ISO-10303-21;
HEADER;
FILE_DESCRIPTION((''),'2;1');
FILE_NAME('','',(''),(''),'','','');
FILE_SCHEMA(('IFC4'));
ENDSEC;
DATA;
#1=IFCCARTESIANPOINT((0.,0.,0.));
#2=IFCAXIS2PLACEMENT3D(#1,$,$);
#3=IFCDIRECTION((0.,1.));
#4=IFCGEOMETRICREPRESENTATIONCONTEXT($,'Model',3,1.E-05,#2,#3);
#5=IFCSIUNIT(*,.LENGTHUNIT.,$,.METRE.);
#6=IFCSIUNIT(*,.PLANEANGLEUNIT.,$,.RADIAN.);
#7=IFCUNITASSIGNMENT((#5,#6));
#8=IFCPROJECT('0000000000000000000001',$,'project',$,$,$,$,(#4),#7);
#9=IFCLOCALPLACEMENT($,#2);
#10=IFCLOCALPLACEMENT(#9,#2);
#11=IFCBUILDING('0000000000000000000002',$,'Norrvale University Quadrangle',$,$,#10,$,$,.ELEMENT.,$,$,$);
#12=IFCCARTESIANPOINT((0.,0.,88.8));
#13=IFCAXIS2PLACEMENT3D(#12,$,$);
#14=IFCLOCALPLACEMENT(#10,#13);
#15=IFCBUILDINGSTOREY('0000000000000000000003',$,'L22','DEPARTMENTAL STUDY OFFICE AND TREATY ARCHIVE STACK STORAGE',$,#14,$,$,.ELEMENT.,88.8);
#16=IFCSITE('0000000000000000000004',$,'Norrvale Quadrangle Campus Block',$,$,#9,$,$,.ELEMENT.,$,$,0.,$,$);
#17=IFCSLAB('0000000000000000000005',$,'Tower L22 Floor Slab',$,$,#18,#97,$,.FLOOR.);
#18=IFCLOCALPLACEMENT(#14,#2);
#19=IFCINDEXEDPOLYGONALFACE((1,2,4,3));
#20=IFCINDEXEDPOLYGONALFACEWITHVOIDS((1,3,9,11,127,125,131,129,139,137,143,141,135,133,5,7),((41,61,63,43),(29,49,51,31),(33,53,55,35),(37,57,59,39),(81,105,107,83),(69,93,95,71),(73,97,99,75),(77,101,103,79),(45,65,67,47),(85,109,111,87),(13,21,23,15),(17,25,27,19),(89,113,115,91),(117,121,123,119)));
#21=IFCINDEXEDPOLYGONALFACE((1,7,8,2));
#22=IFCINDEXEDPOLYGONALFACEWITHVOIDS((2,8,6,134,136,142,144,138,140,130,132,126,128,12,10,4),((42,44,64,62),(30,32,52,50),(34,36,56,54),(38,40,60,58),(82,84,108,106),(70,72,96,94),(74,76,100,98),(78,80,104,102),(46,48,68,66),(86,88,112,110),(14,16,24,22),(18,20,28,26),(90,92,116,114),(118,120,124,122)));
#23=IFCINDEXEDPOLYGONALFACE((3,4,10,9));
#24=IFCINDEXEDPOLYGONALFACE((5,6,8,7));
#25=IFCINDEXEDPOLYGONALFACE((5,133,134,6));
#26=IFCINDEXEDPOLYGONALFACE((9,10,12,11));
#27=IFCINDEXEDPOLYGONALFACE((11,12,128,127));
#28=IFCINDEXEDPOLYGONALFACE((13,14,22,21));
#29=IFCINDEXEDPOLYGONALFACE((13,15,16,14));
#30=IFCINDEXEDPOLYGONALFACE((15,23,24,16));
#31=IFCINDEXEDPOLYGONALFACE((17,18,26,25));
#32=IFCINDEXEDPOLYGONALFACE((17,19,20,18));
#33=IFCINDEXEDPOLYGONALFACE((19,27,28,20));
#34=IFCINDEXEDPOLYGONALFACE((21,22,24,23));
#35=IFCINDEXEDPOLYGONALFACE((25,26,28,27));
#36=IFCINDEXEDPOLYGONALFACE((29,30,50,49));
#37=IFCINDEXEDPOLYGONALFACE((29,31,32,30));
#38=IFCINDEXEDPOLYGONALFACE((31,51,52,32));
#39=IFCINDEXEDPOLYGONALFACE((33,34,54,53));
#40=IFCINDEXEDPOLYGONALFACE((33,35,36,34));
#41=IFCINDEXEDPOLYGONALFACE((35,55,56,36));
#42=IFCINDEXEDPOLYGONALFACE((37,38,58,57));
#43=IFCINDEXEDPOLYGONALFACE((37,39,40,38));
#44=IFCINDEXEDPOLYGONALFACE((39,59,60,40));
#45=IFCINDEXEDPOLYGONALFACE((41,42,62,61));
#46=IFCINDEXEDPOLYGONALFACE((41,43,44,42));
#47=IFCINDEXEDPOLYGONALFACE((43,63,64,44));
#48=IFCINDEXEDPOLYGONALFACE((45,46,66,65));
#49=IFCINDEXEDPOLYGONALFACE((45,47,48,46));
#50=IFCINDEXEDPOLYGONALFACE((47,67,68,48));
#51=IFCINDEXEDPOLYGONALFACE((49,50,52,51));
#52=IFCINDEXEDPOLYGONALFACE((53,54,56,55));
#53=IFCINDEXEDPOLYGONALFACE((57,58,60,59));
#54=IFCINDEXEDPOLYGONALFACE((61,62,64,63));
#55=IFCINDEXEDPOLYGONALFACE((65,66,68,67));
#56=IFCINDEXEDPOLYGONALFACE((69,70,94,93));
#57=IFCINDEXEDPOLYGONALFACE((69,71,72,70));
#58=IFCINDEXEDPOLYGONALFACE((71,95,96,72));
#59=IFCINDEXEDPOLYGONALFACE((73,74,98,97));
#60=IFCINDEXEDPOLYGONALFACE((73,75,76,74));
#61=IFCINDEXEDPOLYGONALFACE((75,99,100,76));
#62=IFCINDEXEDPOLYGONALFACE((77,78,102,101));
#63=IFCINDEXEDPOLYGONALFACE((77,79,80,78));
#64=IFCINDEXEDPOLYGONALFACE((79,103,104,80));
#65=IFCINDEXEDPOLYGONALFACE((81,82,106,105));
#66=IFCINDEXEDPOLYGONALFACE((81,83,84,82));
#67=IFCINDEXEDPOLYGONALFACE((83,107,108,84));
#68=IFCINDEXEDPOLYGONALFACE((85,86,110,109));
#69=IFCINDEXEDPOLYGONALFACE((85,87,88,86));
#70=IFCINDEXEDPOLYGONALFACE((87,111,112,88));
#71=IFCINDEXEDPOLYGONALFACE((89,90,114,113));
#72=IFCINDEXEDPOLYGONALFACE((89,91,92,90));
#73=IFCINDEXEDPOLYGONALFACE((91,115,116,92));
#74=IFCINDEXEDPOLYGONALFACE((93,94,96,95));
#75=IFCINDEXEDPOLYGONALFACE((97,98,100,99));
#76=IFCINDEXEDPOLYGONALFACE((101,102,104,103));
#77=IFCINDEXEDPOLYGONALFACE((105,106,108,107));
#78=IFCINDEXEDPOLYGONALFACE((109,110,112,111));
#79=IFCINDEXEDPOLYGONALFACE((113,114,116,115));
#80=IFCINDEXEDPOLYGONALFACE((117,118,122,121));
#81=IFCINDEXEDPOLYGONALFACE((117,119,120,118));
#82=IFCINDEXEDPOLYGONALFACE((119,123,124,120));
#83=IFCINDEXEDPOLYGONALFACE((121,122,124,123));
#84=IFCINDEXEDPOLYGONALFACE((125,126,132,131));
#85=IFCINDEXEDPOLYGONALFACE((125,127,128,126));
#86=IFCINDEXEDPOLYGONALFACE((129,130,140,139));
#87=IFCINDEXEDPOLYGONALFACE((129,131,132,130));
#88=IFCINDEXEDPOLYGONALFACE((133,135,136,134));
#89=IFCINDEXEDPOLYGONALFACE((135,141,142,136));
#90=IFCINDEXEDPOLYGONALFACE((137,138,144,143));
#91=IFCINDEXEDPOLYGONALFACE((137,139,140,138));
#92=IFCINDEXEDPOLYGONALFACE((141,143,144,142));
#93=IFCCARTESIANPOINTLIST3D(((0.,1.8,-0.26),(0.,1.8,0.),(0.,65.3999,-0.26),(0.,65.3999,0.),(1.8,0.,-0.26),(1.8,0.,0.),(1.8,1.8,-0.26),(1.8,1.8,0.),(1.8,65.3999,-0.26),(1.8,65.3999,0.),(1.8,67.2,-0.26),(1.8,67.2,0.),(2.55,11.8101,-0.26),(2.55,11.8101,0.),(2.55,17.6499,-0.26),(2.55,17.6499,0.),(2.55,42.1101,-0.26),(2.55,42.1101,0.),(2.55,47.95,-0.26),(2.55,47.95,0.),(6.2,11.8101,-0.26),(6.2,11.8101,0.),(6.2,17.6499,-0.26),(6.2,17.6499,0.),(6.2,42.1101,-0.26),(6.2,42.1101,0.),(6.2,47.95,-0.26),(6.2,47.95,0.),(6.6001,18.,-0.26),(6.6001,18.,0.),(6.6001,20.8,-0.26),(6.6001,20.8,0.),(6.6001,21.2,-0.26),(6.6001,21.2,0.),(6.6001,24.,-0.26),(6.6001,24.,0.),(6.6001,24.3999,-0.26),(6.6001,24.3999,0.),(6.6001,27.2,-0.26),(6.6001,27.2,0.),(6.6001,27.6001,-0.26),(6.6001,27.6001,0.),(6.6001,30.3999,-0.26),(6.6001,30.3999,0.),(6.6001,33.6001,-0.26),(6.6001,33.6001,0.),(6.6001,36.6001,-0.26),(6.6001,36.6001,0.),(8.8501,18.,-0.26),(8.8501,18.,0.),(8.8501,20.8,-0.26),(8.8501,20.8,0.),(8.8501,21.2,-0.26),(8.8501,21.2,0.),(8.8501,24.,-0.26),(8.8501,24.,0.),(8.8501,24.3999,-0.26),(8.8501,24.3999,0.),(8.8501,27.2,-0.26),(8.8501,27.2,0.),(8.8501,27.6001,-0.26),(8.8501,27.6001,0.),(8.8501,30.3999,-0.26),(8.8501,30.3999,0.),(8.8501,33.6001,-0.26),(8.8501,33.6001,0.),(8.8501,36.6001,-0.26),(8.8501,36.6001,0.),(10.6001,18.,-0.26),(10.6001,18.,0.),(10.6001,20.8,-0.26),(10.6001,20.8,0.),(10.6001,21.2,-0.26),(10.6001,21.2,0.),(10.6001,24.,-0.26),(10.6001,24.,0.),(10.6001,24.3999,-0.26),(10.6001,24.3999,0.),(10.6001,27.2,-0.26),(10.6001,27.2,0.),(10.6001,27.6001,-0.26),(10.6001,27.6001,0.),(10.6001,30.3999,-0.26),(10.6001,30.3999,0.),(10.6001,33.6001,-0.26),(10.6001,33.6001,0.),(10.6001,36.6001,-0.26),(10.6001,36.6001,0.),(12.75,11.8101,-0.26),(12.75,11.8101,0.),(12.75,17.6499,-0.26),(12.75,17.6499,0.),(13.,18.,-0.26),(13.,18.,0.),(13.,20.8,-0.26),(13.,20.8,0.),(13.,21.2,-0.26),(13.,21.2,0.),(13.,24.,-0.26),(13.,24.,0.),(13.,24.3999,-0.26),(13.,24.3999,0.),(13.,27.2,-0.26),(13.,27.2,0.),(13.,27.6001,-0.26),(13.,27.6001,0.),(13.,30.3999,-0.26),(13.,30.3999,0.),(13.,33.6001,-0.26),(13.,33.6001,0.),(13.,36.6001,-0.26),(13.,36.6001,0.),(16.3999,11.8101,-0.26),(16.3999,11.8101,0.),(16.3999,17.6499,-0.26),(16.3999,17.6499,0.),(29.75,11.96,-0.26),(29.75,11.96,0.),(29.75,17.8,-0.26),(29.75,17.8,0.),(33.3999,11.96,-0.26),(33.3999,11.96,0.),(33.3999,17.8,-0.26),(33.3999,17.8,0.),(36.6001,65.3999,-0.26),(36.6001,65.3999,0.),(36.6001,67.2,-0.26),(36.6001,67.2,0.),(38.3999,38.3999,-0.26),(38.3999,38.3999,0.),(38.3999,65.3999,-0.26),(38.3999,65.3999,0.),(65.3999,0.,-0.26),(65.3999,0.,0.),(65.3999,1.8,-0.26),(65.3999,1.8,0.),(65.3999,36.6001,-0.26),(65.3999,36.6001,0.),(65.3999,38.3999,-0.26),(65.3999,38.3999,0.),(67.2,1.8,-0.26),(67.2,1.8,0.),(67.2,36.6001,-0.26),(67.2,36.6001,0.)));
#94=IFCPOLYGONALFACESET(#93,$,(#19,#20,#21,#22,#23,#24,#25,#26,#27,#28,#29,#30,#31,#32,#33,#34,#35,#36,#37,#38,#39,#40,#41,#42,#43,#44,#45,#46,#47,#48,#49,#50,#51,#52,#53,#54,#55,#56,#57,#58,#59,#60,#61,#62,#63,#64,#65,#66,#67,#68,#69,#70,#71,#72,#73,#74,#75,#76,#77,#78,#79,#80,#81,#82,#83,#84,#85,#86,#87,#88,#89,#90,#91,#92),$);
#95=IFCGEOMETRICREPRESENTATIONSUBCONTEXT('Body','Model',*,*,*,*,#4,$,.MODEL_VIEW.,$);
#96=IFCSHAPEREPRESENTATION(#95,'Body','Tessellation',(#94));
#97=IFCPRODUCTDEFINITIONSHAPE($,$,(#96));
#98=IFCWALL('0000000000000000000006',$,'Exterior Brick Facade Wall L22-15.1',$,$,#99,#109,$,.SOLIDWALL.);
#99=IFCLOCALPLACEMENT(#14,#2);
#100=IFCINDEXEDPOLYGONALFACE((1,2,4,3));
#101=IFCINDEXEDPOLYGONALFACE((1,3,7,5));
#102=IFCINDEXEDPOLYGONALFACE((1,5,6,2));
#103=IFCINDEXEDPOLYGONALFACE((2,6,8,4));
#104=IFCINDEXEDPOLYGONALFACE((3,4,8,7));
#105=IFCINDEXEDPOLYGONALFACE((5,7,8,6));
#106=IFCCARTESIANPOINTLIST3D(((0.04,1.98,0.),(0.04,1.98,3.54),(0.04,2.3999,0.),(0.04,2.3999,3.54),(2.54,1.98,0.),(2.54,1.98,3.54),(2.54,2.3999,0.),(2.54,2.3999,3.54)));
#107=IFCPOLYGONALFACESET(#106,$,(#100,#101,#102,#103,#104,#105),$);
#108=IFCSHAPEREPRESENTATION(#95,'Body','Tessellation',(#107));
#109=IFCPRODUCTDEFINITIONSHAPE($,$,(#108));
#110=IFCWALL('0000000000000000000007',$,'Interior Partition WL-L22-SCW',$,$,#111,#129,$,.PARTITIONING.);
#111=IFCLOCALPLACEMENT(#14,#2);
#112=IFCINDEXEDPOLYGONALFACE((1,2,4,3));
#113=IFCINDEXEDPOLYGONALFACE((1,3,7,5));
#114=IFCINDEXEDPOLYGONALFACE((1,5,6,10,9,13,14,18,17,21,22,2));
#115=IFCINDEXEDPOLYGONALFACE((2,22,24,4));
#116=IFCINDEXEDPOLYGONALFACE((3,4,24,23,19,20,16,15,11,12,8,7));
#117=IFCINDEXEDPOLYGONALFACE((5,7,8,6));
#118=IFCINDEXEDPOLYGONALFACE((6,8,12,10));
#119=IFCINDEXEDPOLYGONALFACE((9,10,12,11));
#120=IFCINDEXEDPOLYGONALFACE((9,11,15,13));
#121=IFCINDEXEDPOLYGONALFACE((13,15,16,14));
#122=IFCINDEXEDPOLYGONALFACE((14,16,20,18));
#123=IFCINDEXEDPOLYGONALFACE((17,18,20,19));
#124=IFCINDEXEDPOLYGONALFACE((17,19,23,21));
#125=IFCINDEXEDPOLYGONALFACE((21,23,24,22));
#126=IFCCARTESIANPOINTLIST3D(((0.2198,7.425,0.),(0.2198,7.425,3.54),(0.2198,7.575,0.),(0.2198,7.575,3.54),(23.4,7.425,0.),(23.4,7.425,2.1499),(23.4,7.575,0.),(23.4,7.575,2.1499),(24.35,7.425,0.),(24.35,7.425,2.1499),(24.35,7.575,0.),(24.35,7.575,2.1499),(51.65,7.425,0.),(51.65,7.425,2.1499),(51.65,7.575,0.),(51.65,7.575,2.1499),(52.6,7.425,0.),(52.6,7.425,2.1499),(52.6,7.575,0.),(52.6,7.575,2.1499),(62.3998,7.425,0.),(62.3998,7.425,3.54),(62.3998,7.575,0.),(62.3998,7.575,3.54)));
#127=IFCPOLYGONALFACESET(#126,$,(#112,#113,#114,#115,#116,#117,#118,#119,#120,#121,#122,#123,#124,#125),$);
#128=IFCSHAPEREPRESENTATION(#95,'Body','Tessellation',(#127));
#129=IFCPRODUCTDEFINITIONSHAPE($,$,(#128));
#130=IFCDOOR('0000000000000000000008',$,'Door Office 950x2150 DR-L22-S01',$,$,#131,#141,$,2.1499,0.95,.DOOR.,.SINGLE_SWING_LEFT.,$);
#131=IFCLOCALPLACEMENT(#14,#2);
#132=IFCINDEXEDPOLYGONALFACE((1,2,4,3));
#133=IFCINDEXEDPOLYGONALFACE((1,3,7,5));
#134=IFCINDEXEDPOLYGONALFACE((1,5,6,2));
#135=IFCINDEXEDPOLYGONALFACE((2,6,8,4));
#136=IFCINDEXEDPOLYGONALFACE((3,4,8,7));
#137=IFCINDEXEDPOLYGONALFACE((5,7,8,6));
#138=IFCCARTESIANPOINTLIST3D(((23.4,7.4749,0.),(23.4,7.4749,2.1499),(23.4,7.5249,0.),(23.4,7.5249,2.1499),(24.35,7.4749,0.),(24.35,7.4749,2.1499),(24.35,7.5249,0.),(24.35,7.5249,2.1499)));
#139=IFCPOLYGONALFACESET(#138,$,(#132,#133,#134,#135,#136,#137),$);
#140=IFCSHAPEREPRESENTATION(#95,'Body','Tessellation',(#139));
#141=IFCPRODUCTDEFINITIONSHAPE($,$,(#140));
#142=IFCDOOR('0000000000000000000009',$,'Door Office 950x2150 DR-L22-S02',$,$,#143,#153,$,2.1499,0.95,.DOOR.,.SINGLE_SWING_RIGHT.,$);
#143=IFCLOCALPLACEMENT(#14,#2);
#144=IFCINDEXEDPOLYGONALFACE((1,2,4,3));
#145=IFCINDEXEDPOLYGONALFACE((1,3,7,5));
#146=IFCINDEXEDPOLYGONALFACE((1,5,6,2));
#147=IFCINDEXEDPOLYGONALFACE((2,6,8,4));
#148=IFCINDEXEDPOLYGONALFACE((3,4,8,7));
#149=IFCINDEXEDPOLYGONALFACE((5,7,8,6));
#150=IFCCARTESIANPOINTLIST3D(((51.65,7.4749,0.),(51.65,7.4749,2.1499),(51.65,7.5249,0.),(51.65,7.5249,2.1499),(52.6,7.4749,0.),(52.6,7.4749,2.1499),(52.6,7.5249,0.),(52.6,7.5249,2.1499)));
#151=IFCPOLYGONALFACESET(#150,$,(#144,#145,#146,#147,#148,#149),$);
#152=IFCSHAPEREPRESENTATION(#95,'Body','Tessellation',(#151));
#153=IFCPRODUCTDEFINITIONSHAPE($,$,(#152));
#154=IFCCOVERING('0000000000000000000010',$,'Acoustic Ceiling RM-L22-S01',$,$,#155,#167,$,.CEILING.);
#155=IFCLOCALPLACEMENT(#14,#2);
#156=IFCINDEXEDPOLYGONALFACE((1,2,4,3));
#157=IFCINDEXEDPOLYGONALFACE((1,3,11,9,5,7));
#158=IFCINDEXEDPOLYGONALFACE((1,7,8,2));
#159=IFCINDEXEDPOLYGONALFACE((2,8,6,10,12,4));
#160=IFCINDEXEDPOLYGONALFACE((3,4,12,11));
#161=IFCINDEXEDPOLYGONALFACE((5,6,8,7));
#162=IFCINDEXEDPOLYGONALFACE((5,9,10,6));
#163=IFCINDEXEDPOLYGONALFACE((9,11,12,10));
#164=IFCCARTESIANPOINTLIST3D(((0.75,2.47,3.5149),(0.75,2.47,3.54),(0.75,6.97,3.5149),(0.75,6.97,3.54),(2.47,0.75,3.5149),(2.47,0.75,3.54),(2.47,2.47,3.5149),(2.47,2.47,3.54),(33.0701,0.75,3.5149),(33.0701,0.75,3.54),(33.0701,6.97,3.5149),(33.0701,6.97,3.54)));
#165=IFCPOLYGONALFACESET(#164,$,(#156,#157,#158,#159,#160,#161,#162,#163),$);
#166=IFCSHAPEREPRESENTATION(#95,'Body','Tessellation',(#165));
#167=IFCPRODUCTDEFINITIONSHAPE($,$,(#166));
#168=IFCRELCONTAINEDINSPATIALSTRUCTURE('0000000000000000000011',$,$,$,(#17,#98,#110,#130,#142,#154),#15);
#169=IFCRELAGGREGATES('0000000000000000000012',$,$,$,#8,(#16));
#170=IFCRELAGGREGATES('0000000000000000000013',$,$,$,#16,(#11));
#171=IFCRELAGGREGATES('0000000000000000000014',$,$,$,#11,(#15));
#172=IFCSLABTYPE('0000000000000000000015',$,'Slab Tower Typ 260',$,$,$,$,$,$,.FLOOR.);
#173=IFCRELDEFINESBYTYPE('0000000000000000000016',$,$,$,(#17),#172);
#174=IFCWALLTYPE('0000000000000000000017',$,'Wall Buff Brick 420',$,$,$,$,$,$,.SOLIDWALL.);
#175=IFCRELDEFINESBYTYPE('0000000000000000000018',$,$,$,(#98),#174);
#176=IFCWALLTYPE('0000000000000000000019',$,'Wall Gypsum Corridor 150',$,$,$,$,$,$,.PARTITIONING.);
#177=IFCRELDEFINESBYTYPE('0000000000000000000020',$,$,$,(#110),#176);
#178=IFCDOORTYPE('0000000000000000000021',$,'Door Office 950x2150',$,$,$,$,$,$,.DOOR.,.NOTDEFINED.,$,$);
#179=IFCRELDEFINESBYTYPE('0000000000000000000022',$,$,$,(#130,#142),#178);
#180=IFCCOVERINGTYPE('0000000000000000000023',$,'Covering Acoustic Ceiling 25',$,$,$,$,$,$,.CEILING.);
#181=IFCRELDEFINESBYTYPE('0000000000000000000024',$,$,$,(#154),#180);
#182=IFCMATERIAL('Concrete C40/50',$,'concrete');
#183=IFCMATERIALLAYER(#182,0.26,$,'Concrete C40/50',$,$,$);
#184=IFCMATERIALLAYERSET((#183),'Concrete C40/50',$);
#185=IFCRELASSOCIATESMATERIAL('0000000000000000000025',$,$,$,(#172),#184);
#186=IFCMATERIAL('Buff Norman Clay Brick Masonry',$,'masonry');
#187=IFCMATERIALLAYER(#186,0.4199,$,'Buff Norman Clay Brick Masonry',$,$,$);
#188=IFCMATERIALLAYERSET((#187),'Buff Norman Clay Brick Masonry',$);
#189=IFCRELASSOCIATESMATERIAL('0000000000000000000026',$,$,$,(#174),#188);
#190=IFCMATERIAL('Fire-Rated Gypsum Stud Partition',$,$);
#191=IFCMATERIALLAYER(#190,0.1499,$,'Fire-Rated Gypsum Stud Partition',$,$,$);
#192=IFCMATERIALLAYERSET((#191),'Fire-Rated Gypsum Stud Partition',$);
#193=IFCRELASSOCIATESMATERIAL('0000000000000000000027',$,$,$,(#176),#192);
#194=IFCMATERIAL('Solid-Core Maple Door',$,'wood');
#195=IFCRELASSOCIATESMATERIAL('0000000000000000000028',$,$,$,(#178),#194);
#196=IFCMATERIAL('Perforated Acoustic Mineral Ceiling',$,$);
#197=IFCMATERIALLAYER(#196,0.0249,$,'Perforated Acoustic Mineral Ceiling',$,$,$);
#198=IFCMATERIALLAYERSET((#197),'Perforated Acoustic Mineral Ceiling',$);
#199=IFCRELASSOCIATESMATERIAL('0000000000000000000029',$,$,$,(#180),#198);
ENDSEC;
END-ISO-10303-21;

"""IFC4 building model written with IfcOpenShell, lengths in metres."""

from ifc_helpers import new_model, si_unit, direction, frame, frame_2d, origin, place, context, subcontext, project, spatial, polyline, rectangle, outline, extrude, material, layer, layer_set, type_object, element, fill, save


model = new_model("IFC4")

# Units and contexts
model_context = context("Model", 3, precision=1e-05, world=origin(), true_north=direction((0.0, 1.0)))
body_context = subcontext(model_context, "Body", "Model", "MODEL_VIEW")
ifc_project = project(units=[si_unit("LENGTHUNIT", "METRE"), si_unit("PLANEANGLEUNIT", "RADIAN")], contexts=[model_context])

# Site, building, storey
site_placement = place(None, origin())
site = spatial("IfcSite", under=ifc_project, at=site_placement, Name="Norrvale Quadrangle Campus Block", CompositionType="ELEMENT", RefElevation=0.0)
building_placement = place(site_placement, origin())
building = spatial("IfcBuilding", under=site, at=building_placement, Name="Norrvale University Quadrangle", CompositionType="ELEMENT")
storey_placement = place(building_placement, frame((0.0, 0.0, 88.8)))
storey = spatial("IfcBuildingStorey", under=building, at=storey_placement, Name="L22", Description="DEPARTMENTAL STUDY OFFICE AND TREATY ARCHIVE STACK STORAGE", CompositionType="ELEMENT", Elevation=88.8)

# Shared definitions
ifc_material_1 = material(Name="Concrete C40/50", Category="concrete")

# Slab
ifc_layer_1 = layer(ifc_material_1, 0.26, Name="Concrete C40/50")
ifc_layer_set_1 = layer_set([ifc_layer_1], Name="Concrete C40/50")
slab_type_1 = type_object("IfcSlabType", Name="Slab Tower Typ 260", PredefinedType="FLOOR", material=ifc_layer_set_1)
slab_1_placement = place(storey_placement, frame((0.0, 0.0, -0.26)))
element("IfcSlab", 1, at=slab_1_placement, inside=storey, type_object=slab_type_1, Name="Tower L22 Floor Slab", PredefinedType="FLOOR", context=body_context, shape_type="SweptSolid", body=[
    extrude(outline(polyline([(1.8, 0.0), (65.3999, 0.0), (65.3999, 1.8), (67.2, 1.8), (67.2, 36.6001), (65.3999, 36.6001), (65.3999, 38.3999), (38.3999, 38.3999), (38.3999, 65.3999), (36.6001, 65.3999), (36.6001, 67.2), (1.8, 67.2), (1.8, 65.3999), (0.0, 65.3999), (0.0, 1.8), (1.8, 1.8), (1.8, 0.0)]), holes=[polyline([(2.55, 11.8101), (6.2, 11.8101), (6.2, 17.6499), (2.55, 17.6499), (2.55, 11.8101)]), polyline([(2.55, 42.1101), (6.2, 42.1101), (6.2, 47.95), (2.55, 47.95), (2.55, 42.1101)]), polyline([(12.75, 11.8101), (16.3999, 11.8101), (16.3999, 17.6499), (12.75, 17.6499), (12.75, 11.8101)]), polyline([(29.75, 11.96), (33.3999, 11.96), (33.3999, 17.8), (29.75, 17.8), (29.75, 11.96)]), polyline([(6.6001, 18.0), (8.8501, 18.0), (8.8501, 20.8), (6.6001, 20.8), (6.6001, 18.0)]), polyline([(6.6001, 21.2), (8.8501, 21.2), (8.8501, 24.0), (6.6001, 24.0), (6.6001, 21.2)]), polyline([(6.6001, 24.3999), (8.8501, 24.3999), (8.8501, 27.2), (6.6001, 27.2), (6.6001, 24.3999)]), polyline([(6.6001, 27.6001), (8.8501, 27.6001), (8.8501, 30.3999), (6.6001, 30.3999), (6.6001, 27.6001)]), polyline([(10.6001, 18.0), (13.0, 18.0), (13.0, 20.8), (10.6001, 20.8), (10.6001, 18.0)]), polyline([(10.6001, 21.2), (13.0, 21.2), (13.0, 24.0), (10.6001, 24.0), (10.6001, 21.2)]), polyline([(10.6001, 24.3999), (13.0, 24.3999), (13.0, 27.2), (10.6001, 27.2), (10.6001, 24.3999)]), polyline([(10.6001, 27.6001), (13.0, 27.6001), (13.0, 30.3999), (10.6001, 30.3999), (10.6001, 27.6001)]), polyline([(6.6001, 33.6001), (8.8501, 33.6001), (8.8501, 36.6001), (6.6001, 36.6001), (6.6001, 33.6001)]), polyline([(10.6001, 33.6001), (13.0, 33.6001), (13.0, 36.6001), (10.6001, 36.6001), (10.6001, 33.6001)])]), origin(), (0.0, 0.0, 1.0), 0.26),
])

# Wall
ifc_material_2 = material(Name="Buff Norman Clay Brick Masonry", Category="masonry")
ifc_layer_2 = layer(ifc_material_2, 0.4199, Name="Buff Norman Clay Brick Masonry")
ifc_layer_set_2 = layer_set([ifc_layer_2], Name="Buff Norman Clay Brick Masonry")
wall_type_1 = type_object("IfcWallType", Name="Wall Buff Brick 420", PredefinedType="SOLIDWALL", material=ifc_layer_set_2)
wall_1_placement = place(storey_placement, frame((0.04, 2.1899, 0.0), z_axis=(0.0, 0.0, 1.0), x_axis=(1.0, 0.0, 0.0)))
element("IfcWall", 2, at=wall_1_placement, inside=storey, type_object=wall_type_1, Name="Exterior Brick Facade Wall L22-15.1", PredefinedType="SOLIDWALL", context=body_context, shape_type="SweptSolid", body=[
    extrude(rectangle(XDim=2.5, YDim=0.4199, at=frame_2d((1.25, 0.0))), origin(), (0.0, 0.0, 1.0), 3.54),
])

# Wall, openings, doors
ifc_material_3 = material(Name="Fire-Rated Gypsum Stud Partition")
ifc_layer_3 = layer(ifc_material_3, 0.1499, Name="Fire-Rated Gypsum Stud Partition")
ifc_layer_set_3 = layer_set([ifc_layer_3], Name="Fire-Rated Gypsum Stud Partition")
wall_type_2 = type_object("IfcWallType", Name="Wall Gypsum Corridor 150", PredefinedType="PARTITIONING", material=ifc_layer_set_3)
wall_2_placement = place(storey_placement, frame((0.22, 7.5, 0.0), z_axis=(0.0, 0.0, 1.0), x_axis=(1.0, 0.0, 0.0)))
wall_2 = element("IfcWall", 3, at=wall_2_placement, inside=storey, type_object=wall_type_2, Name="Interior Partition WL-L22-SCW", PredefinedType="PARTITIONING", context=body_context, shape_type="SweptSolid", body=[
    extrude(rectangle(XDim=62.1799, YDim=0.1499, at=frame_2d((31.0898, 0.0))), origin(), (0.0, 0.0, 1.0), 3.54),
])
opening_1_placement = place(wall_2_placement, frame((23.1799, 0.0, 0.0)))
opening_1 = element("IfcOpeningElement", 4, at=opening_1_placement, cuts=wall_2, PredefinedType="OPENING", context=body_context, shape_type="SweptSolid", body=[
    extrude(rectangle(XDim=0.95, YDim=2.1499, at=frame_2d((0.4751, 1.075))), frame((0.0, 0.0869, 0.0), z_axis=(0.0, -1.0, 0.0), x_axis=(1.0, 0.0, 0.0)), (0.0, 0.0, 1.0), 0.1738),
])
opening_2_placement = place(wall_2_placement, frame((51.4299, 0.0, 0.0)))
opening_2 = element("IfcOpeningElement", 5, at=opening_2_placement, cuts=wall_2, PredefinedType="OPENING", context=body_context, shape_type="SweptSolid", body=[
    extrude(rectangle(XDim=0.95, YDim=2.1499, at=frame_2d((0.4751, 1.075))), frame((0.0, 0.0869, 0.0), z_axis=(0.0, -1.0, 0.0), x_axis=(1.0, 0.0, 0.0)), (0.0, 0.0, 1.0), 0.1738),
])
ifc_material_4 = material(Name="Solid-Core Maple Door", Category="wood")
door_type = type_object("IfcDoorType", Name="Door Office 950x2150", OperationType="NOTDEFINED", PredefinedType="DOOR", material=ifc_material_4)
door_1_placement = place(opening_1_placement, origin())
door_1 = element("IfcDoor", 6, at=door_1_placement, inside=storey, type_object=door_type, Name="Door Office 950x2150 DR-L22-S01", OperationType="SINGLE_SWING_LEFT", OverallHeight=2.1499, OverallWidth=0.95, PredefinedType="DOOR", context=body_context, shape_type="SweptSolid", body=[
    extrude(rectangle(XDim=0.95, YDim=2.1499, at=frame_2d((0.4751, 1.075))), frame((0.0, 0.0249, 0.0), z_axis=(0.0, -1.0, 0.0), x_axis=(1.0, 0.0, 0.0)), (0.0, 0.0, 1.0), 0.05),
])
fill(opening_1, door_1)
door_2_placement = place(opening_2_placement, origin())
door_2 = element("IfcDoor", 7, at=door_2_placement, inside=storey, type_object=door_type, Name="Door Office 950x2150 DR-L22-S02", OperationType="SINGLE_SWING_RIGHT", OverallHeight=2.1499, OverallWidth=0.95, PredefinedType="DOOR", context=body_context, shape_type="SweptSolid", body=[
    extrude(rectangle(XDim=0.95, YDim=2.1499, at=frame_2d((0.4751, 1.075))), frame((0.0, 0.0249, 0.0), z_axis=(0.0, -1.0, 0.0), x_axis=(1.0, 0.0, 0.0)), (0.0, 0.0, 1.0), 0.05),
])
fill(opening_2, door_2)

# Covering
ifc_material_5 = material(Name="Perforated Acoustic Mineral Ceiling")
ifc_layer_4 = layer(ifc_material_5, 0.0249, Name="Perforated Acoustic Mineral Ceiling")
ifc_layer_set_4 = layer_set([ifc_layer_4], Name="Perforated Acoustic Mineral Ceiling")
covering_type_1 = type_object("IfcCoveringType", Name="Covering Acoustic Ceiling 25", PredefinedType="CEILING", material=ifc_layer_set_4)
covering_1_placement = place(storey_placement, frame((0.0, 0.0, 3.5149)))
element("IfcCovering", 8, at=covering_1_placement, inside=storey, type_object=covering_type_1, Name="Acoustic Ceiling RM-L22-S01", PredefinedType="CEILING", context=body_context, shape_type="SweptSolid", body=[
    extrude(outline(polyline([(0.75, 6.97), (33.0701, 6.97), (33.0701, 0.75), (2.47, 0.75), (2.47, 2.47), (0.75, 2.47), (0.75, 6.97)])), origin(), (0.0, 0.0, 1.0), 0.0251),
])

save(model, "model.ifc")
